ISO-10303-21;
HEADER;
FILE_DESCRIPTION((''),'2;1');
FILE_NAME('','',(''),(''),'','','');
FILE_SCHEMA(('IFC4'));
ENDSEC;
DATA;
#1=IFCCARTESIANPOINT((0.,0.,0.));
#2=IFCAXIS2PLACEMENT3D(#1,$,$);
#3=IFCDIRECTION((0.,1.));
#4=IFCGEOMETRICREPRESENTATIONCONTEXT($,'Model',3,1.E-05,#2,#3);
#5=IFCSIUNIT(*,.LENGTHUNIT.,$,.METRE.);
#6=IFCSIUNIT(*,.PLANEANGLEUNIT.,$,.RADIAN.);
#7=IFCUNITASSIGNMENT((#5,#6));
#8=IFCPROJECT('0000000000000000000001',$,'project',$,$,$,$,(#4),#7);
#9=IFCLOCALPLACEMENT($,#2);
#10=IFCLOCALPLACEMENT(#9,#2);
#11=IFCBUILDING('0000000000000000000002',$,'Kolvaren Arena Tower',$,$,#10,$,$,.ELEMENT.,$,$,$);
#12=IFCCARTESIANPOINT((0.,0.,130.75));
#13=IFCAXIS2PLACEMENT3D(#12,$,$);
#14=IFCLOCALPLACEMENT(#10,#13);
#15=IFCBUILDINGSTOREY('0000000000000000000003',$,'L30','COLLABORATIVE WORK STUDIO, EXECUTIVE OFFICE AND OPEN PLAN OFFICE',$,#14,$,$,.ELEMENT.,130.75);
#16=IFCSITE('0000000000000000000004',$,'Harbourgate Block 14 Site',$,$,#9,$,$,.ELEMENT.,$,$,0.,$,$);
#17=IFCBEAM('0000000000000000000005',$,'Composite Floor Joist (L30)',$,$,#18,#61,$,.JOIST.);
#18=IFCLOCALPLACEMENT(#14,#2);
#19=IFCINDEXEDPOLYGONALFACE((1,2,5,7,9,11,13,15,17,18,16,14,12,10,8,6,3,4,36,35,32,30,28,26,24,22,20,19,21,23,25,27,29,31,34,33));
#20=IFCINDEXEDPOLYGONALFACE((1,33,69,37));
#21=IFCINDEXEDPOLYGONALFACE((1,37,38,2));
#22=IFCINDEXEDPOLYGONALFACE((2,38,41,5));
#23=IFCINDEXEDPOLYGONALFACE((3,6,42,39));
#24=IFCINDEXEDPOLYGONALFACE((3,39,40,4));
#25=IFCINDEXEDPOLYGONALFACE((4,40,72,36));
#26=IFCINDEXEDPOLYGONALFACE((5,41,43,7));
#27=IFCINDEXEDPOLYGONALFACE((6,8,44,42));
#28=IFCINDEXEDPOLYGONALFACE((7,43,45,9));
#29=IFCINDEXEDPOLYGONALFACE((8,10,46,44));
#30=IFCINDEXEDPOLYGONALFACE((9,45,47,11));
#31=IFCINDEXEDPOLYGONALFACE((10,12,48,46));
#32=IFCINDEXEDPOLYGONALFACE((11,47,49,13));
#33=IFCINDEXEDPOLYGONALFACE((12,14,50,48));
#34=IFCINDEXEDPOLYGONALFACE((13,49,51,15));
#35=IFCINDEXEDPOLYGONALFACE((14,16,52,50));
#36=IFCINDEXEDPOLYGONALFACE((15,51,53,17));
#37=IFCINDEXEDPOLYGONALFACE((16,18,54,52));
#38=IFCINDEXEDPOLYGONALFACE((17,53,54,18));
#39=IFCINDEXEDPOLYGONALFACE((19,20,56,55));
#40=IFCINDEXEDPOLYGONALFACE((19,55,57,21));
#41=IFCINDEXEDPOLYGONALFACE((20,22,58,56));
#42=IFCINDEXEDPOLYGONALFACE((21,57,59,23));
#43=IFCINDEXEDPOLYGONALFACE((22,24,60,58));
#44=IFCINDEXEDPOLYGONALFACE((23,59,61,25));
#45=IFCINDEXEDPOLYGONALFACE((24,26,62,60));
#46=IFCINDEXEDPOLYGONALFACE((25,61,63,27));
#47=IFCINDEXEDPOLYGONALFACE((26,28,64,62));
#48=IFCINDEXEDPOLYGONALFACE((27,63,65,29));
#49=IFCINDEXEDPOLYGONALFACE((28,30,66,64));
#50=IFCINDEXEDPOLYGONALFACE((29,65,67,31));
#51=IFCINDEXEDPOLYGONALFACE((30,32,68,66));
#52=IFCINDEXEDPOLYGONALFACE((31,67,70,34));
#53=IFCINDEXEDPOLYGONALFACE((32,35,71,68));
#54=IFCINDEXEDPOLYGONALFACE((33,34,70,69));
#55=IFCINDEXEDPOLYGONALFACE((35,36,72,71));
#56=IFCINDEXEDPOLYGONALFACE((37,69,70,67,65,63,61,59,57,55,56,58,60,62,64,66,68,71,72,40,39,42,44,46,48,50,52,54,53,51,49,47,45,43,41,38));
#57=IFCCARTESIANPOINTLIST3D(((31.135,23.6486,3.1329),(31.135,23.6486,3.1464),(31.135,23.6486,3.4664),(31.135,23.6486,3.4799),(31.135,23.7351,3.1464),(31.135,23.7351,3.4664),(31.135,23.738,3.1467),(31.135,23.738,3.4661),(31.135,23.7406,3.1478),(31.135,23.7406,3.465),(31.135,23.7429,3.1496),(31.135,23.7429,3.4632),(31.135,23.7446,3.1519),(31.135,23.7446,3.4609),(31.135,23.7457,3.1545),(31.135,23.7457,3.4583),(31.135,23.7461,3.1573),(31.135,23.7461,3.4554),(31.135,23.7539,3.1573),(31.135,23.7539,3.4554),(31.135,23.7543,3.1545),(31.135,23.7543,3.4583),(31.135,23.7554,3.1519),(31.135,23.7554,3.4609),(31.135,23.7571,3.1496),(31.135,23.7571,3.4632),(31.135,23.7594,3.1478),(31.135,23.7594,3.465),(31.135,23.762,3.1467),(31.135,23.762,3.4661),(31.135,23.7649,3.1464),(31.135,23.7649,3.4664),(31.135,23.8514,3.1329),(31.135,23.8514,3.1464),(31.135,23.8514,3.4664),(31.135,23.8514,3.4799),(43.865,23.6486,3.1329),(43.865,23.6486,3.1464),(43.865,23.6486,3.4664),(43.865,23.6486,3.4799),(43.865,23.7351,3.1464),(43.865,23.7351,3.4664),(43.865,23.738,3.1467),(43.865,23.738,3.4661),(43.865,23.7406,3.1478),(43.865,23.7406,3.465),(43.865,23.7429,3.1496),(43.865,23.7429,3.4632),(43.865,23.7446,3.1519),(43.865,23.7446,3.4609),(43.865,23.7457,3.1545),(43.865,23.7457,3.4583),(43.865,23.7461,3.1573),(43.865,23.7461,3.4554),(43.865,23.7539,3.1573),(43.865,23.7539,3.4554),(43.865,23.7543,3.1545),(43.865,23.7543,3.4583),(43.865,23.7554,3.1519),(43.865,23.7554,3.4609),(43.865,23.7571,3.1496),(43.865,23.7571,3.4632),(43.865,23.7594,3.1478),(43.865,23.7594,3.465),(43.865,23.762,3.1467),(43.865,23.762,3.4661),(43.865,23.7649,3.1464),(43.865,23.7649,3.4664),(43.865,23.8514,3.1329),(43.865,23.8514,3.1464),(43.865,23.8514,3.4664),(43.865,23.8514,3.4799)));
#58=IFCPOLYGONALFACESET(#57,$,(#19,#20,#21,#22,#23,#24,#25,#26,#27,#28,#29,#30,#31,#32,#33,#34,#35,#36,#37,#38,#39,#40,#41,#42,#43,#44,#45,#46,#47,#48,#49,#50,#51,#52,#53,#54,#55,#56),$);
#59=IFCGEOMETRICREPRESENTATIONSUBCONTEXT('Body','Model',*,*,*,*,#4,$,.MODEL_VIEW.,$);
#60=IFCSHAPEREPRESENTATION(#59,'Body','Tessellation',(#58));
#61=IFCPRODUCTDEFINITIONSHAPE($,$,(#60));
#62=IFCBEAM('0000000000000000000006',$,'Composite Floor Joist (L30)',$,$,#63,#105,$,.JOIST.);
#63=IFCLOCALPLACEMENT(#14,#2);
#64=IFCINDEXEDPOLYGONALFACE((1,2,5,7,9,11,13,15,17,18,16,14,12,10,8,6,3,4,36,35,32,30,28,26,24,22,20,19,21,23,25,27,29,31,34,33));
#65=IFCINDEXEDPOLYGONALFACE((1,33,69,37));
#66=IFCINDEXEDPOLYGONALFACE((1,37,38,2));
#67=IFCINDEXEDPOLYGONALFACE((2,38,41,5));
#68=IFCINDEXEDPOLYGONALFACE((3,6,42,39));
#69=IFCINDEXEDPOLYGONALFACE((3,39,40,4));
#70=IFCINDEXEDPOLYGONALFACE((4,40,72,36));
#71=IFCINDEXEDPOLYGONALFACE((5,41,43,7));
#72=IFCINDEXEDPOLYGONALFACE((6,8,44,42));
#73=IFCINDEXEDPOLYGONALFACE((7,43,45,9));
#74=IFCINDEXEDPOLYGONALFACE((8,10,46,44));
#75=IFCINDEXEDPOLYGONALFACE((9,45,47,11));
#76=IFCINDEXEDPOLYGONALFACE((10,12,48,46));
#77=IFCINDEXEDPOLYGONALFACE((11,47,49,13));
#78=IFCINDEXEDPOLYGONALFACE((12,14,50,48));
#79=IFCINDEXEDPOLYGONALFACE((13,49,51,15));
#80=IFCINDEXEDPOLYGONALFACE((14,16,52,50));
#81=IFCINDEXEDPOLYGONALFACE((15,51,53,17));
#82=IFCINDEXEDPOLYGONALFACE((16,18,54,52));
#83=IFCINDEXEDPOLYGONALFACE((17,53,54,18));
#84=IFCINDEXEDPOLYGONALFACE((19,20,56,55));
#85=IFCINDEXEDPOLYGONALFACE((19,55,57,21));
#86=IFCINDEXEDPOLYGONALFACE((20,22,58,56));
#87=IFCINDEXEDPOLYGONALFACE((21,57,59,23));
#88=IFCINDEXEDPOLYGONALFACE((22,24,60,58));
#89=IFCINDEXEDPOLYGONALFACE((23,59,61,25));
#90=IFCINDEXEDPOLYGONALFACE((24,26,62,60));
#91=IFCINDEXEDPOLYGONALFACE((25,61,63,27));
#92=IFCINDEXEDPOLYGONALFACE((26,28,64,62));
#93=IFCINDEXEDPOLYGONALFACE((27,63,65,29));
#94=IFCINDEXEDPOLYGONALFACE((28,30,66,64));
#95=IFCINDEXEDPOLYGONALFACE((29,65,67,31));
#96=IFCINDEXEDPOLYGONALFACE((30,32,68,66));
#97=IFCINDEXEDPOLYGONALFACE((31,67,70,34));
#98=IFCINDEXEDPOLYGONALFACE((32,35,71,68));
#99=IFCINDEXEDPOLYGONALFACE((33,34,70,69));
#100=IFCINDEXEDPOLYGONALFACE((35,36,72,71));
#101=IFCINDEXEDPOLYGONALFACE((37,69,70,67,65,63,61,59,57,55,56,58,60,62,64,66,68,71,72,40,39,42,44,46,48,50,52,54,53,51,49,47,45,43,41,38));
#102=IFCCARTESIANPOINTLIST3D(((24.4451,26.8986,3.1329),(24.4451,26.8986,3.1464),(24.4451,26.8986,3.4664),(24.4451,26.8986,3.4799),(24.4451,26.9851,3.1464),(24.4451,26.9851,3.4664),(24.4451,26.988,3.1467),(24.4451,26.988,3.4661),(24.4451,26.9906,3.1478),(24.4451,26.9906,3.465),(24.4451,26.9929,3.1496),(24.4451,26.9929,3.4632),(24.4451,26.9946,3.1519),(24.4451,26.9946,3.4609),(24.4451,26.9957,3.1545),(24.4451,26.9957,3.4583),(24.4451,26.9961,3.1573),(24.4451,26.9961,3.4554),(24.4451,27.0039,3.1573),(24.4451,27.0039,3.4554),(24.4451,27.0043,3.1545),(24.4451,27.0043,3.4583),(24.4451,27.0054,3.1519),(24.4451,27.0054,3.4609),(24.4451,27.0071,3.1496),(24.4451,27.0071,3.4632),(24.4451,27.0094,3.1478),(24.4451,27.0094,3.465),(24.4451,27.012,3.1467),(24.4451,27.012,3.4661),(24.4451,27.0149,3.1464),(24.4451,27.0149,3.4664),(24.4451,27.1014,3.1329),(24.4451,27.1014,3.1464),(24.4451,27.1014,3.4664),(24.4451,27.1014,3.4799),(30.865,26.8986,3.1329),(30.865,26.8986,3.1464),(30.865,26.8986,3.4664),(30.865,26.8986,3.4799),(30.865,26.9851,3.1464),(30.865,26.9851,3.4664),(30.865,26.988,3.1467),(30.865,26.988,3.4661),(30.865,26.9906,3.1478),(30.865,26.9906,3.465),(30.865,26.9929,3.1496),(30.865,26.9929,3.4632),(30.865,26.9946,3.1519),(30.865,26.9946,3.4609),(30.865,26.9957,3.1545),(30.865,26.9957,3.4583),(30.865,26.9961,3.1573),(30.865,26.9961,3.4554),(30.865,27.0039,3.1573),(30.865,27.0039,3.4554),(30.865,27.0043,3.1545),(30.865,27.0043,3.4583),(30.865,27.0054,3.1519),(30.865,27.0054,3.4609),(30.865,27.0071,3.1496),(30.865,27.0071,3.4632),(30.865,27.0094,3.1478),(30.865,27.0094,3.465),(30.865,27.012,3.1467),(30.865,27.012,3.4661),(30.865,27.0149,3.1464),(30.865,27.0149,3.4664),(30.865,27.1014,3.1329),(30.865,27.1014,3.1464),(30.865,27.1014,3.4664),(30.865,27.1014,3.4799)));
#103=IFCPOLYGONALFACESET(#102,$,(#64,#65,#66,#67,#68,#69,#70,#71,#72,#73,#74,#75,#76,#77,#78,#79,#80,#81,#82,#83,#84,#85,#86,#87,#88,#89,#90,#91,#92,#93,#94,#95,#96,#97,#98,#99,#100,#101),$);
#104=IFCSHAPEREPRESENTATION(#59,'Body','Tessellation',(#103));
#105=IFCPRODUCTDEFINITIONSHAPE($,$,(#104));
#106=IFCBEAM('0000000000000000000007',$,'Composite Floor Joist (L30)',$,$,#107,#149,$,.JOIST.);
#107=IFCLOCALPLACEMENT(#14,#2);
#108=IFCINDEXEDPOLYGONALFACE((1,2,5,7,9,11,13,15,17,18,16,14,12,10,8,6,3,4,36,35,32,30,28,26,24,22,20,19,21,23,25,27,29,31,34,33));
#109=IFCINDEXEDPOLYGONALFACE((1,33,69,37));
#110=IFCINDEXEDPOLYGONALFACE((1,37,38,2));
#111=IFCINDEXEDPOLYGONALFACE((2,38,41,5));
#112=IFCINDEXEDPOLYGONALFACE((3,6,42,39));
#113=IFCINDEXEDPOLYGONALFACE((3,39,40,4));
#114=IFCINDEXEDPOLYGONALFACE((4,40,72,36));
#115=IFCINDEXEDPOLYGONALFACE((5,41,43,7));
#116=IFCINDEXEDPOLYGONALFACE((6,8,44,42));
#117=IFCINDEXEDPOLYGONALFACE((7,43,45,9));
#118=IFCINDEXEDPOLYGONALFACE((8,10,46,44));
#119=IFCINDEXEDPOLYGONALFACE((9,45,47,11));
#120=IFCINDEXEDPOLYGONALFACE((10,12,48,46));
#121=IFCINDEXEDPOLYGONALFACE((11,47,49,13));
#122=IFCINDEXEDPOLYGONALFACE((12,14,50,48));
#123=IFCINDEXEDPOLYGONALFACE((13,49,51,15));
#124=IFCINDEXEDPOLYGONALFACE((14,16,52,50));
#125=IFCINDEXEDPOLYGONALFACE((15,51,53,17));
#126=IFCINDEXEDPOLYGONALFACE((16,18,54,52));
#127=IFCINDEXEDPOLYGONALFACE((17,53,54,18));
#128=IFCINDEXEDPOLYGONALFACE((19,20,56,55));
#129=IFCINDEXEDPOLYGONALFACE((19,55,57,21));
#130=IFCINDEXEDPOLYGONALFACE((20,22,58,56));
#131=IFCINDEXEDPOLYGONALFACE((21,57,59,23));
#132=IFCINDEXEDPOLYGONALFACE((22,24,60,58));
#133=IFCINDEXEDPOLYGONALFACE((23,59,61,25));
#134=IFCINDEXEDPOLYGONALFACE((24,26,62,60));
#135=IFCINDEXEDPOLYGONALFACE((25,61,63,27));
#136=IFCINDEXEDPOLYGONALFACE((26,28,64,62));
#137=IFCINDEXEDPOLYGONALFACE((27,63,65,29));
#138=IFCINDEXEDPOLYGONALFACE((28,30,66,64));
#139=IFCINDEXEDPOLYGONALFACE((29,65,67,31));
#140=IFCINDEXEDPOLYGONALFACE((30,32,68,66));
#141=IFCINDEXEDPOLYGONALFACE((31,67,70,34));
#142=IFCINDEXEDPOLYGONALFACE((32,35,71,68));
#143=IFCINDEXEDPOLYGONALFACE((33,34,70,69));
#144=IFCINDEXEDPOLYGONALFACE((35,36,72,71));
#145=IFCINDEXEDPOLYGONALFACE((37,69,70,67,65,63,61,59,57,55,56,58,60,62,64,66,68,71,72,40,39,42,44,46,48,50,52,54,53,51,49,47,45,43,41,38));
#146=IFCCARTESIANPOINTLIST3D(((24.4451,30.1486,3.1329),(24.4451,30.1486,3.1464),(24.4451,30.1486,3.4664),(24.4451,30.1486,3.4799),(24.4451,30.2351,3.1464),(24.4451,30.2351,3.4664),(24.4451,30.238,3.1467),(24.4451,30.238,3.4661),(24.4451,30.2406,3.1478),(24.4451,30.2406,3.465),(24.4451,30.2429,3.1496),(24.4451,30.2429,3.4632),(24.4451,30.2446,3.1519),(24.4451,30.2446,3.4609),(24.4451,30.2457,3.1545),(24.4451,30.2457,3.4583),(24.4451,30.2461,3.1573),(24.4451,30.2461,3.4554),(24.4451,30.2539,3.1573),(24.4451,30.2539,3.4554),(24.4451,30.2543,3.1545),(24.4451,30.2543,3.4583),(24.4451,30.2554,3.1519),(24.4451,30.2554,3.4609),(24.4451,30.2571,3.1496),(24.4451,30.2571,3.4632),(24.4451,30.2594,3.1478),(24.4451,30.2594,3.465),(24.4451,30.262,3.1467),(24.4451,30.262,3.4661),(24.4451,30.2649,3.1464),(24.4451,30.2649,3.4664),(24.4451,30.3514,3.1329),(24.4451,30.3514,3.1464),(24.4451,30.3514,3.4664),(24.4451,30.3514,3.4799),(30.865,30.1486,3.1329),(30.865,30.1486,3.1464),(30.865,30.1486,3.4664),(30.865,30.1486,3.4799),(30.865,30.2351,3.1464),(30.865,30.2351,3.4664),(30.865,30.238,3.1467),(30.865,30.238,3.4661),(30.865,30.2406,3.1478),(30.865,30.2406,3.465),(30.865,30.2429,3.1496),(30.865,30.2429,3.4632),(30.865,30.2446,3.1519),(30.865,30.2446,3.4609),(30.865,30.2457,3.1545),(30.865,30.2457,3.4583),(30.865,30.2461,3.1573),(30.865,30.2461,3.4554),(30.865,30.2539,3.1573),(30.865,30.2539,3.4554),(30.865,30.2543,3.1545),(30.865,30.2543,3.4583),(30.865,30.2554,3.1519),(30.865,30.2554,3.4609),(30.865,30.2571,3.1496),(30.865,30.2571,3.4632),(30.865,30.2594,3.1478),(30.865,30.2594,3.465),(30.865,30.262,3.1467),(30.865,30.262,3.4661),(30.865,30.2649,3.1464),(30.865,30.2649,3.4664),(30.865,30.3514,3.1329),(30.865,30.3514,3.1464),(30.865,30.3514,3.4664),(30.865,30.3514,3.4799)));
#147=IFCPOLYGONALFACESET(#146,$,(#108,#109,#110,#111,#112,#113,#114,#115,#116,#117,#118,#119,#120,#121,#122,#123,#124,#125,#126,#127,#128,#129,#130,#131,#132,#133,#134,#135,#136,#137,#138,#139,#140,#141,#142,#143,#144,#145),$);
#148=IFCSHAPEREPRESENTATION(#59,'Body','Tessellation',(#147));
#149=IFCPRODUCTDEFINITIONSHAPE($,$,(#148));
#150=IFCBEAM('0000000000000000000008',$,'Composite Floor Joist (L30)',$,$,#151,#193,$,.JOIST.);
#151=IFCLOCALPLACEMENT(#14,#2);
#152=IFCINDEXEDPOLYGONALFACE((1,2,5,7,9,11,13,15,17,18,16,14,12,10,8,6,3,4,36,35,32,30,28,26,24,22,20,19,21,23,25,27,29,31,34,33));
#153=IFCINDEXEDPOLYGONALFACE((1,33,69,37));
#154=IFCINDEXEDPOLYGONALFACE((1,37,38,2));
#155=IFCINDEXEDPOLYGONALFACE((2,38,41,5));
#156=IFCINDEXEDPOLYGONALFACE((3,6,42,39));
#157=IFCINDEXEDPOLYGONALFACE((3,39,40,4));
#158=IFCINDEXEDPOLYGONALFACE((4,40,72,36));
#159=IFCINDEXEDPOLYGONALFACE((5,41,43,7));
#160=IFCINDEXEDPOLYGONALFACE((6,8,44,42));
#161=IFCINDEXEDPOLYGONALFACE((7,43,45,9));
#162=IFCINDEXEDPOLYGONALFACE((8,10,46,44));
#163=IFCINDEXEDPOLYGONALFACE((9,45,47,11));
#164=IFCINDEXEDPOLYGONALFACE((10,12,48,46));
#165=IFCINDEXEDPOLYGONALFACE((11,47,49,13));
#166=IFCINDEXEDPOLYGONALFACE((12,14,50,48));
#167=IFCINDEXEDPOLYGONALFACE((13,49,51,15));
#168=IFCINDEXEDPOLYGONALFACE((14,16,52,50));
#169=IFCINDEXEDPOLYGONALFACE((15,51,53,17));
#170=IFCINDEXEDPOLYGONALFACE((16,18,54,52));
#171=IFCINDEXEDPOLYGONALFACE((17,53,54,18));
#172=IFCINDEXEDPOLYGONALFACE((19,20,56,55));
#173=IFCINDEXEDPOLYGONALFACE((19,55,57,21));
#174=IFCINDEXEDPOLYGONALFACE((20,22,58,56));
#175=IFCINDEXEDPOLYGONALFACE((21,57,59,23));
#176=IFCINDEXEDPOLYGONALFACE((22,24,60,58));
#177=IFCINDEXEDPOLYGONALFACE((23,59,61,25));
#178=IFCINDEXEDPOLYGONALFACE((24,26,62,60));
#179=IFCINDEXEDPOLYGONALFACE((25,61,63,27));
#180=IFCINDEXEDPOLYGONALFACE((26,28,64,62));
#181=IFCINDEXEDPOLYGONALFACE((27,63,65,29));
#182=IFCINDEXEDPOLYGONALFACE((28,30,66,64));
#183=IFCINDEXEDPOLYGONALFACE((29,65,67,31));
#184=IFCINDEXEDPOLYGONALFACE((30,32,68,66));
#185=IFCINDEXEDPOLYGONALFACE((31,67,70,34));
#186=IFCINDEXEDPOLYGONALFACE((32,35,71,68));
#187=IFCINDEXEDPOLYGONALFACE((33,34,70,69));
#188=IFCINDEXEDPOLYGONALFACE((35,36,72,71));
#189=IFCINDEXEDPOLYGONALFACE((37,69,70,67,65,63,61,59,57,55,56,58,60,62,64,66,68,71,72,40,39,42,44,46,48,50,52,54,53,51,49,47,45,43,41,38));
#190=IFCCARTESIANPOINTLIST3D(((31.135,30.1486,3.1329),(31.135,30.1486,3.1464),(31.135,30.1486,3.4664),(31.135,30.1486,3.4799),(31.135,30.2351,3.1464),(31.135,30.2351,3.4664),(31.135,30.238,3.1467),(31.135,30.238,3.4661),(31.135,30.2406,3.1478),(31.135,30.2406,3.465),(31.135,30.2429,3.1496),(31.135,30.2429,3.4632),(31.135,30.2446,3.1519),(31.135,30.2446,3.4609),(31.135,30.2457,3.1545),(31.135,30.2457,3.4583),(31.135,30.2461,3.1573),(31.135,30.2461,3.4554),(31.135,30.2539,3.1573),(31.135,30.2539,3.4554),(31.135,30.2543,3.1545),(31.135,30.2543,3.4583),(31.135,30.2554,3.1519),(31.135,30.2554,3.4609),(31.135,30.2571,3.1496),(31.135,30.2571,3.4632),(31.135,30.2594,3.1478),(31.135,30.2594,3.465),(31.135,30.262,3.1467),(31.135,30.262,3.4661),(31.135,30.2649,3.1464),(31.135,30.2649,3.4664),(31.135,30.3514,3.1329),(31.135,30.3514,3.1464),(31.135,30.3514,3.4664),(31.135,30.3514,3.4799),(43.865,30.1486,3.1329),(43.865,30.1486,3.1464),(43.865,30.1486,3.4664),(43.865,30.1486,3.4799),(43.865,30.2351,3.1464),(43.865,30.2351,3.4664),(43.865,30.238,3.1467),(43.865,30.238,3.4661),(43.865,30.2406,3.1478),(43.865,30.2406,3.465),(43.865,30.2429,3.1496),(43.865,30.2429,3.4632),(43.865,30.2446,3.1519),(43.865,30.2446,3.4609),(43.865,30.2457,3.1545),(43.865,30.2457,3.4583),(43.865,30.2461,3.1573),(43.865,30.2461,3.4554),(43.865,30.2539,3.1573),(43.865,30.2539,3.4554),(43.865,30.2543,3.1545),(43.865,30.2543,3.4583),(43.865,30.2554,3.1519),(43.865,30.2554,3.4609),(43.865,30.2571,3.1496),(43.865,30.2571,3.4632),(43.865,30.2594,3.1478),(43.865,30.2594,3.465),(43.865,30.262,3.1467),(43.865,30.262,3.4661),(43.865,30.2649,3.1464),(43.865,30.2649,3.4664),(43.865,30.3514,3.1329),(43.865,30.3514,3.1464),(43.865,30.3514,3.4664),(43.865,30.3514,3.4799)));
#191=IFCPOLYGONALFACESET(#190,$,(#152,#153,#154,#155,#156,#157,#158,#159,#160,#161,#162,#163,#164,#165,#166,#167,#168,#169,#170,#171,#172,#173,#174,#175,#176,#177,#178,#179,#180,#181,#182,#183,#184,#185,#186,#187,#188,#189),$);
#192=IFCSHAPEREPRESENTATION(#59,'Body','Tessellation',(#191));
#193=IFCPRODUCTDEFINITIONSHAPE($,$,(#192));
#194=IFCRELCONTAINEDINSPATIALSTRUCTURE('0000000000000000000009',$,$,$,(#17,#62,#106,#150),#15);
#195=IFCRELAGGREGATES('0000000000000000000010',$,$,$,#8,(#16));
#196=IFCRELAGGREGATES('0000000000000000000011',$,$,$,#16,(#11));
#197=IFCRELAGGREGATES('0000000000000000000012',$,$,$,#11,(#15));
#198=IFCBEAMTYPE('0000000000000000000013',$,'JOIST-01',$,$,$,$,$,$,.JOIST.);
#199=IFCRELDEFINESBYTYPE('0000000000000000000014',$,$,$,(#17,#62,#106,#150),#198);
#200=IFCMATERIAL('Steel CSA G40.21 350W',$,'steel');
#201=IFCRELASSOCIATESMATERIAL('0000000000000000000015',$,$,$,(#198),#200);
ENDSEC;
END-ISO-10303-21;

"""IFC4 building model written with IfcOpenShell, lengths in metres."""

from ifc_helpers import new_model, si_unit, direction, frame, origin, origin_2d, place, context, subcontext, project, spatial, i_section, extrude, material, material_profile, profile_set, type_object, element, save


model = new_model("IFC4")

# Units and contexts
model_context = context("Model", 3, precision=1e-05, world=origin(), true_north=direction((0.0, 1.0)))
body_context = subcontext(model_context, "Body", "Model", "MODEL_VIEW")
ifc_project = project(units=[si_unit("LENGTHUNIT", "METRE"), si_unit("PLANEANGLEUNIT", "RADIAN")], contexts=[model_context])

# Site, building, storey
site_placement = place(None, origin())
site = spatial("IfcSite", under=ifc_project, at=site_placement, Name="Harbourgate Block 14 Site", CompositionType="ELEMENT", RefElevation=0.0)
building_placement = place(site_placement, origin())
building = spatial("IfcBuilding", under=site, at=building_placement, Name="Kolvaren Arena Tower", CompositionType="ELEMENT")
storey_placement = place(building_placement, frame((0.0, 0.0, 130.75)))
storey = spatial("IfcBuildingStorey", under=building, at=storey_placement, Name="L30", Description="COLLABORATIVE WORK STUDIO, EXECUTIVE OFFICE AND OPEN PLAN OFFICE", CompositionType="ELEMENT", Elevation=130.75)

# Beams
ifc_material_1 = material(Name="Steel CSA G40.21 350W", Category="steel")
ifc_material_profile_1 = material_profile(ifc_material_1, i_section(OverallWidth=0.2029, OverallDepth=0.3469, WebThickness=0.0078, FlangeThickness=0.0134, FilletRadius=0.011, at=origin_2d()), Name="W360x64")
ifc_profile_set_1 = profile_set([ifc_material_profile_1], Name="Steel CSA G40.21 350W")
beam_type_1 = type_object("IfcBeamType", Name="JOIST-01", PredefinedType="JOIST", material=ifc_profile_set_1)
beam_1_placement = place(storey_placement, frame((31.135, 23.75, 3.3064), z_axis=(1.0, 0.0, 0.0), x_axis=(0.0, 1.0, 0.0)))
element("IfcBeam", 1, at=beam_1_placement, inside=storey, type_object=beam_type_1, Name="Composite Floor Joist (L30)", PredefinedType="JOIST", context=body_context, shape_type="SweptSolid", body=[
    extrude(i_section(OverallWidth=0.2029, OverallDepth=0.3469, WebThickness=0.0078, FlangeThickness=0.0134, FilletRadius=0.011, at=origin_2d()), origin(), (0.0, 0.0, 1.0), 12.73),
])
for number, where, z_axis, x_axis, name in (
    (2, (24.4451, 27.0, 3.3064), (1.0, 0.0, 0.0), (0.0, 1.0, 0.0), "Composite Floor Joist (L30)"),
    (3, (24.4451, 30.25, 3.3064), (1.0, 0.0, 0.0), (0.0, 1.0, 0.0), "Composite Floor Joist (L30)"),
):
    element("IfcBeam", number, at=place(storey_placement, frame(where, z_axis=z_axis, x_axis=x_axis)), inside=storey, type_object=beam_type_1, Name=name, PredefinedType="JOIST", context=body_context, shape_type="SweptSolid", body=[
        extrude(i_section(OverallWidth=0.2029, OverallDepth=0.3469, WebThickness=0.0078, FlangeThickness=0.0134, FilletRadius=0.011, at=origin_2d()), origin(), (0.0, 0.0, 1.0), 6.4199),
    ])
beam_2_placement = place(storey_placement, frame((31.135, 30.25, 3.3064), z_axis=(1.0, 0.0, 0.0), x_axis=(0.0, 1.0, 0.0)))
element("IfcBeam", 4, at=beam_2_placement, inside=storey, type_object=beam_type_1, Name="Composite Floor Joist (L30)", PredefinedType="JOIST", context=body_context, shape_type="SweptSolid", body=[
    extrude(i_section(OverallWidth=0.2029, OverallDepth=0.3469, WebThickness=0.0078, FlangeThickness=0.0134, FilletRadius=0.011, at=origin_2d()), origin(), (0.0, 0.0, 1.0), 12.73),
])

save(model, "model.ifc")
